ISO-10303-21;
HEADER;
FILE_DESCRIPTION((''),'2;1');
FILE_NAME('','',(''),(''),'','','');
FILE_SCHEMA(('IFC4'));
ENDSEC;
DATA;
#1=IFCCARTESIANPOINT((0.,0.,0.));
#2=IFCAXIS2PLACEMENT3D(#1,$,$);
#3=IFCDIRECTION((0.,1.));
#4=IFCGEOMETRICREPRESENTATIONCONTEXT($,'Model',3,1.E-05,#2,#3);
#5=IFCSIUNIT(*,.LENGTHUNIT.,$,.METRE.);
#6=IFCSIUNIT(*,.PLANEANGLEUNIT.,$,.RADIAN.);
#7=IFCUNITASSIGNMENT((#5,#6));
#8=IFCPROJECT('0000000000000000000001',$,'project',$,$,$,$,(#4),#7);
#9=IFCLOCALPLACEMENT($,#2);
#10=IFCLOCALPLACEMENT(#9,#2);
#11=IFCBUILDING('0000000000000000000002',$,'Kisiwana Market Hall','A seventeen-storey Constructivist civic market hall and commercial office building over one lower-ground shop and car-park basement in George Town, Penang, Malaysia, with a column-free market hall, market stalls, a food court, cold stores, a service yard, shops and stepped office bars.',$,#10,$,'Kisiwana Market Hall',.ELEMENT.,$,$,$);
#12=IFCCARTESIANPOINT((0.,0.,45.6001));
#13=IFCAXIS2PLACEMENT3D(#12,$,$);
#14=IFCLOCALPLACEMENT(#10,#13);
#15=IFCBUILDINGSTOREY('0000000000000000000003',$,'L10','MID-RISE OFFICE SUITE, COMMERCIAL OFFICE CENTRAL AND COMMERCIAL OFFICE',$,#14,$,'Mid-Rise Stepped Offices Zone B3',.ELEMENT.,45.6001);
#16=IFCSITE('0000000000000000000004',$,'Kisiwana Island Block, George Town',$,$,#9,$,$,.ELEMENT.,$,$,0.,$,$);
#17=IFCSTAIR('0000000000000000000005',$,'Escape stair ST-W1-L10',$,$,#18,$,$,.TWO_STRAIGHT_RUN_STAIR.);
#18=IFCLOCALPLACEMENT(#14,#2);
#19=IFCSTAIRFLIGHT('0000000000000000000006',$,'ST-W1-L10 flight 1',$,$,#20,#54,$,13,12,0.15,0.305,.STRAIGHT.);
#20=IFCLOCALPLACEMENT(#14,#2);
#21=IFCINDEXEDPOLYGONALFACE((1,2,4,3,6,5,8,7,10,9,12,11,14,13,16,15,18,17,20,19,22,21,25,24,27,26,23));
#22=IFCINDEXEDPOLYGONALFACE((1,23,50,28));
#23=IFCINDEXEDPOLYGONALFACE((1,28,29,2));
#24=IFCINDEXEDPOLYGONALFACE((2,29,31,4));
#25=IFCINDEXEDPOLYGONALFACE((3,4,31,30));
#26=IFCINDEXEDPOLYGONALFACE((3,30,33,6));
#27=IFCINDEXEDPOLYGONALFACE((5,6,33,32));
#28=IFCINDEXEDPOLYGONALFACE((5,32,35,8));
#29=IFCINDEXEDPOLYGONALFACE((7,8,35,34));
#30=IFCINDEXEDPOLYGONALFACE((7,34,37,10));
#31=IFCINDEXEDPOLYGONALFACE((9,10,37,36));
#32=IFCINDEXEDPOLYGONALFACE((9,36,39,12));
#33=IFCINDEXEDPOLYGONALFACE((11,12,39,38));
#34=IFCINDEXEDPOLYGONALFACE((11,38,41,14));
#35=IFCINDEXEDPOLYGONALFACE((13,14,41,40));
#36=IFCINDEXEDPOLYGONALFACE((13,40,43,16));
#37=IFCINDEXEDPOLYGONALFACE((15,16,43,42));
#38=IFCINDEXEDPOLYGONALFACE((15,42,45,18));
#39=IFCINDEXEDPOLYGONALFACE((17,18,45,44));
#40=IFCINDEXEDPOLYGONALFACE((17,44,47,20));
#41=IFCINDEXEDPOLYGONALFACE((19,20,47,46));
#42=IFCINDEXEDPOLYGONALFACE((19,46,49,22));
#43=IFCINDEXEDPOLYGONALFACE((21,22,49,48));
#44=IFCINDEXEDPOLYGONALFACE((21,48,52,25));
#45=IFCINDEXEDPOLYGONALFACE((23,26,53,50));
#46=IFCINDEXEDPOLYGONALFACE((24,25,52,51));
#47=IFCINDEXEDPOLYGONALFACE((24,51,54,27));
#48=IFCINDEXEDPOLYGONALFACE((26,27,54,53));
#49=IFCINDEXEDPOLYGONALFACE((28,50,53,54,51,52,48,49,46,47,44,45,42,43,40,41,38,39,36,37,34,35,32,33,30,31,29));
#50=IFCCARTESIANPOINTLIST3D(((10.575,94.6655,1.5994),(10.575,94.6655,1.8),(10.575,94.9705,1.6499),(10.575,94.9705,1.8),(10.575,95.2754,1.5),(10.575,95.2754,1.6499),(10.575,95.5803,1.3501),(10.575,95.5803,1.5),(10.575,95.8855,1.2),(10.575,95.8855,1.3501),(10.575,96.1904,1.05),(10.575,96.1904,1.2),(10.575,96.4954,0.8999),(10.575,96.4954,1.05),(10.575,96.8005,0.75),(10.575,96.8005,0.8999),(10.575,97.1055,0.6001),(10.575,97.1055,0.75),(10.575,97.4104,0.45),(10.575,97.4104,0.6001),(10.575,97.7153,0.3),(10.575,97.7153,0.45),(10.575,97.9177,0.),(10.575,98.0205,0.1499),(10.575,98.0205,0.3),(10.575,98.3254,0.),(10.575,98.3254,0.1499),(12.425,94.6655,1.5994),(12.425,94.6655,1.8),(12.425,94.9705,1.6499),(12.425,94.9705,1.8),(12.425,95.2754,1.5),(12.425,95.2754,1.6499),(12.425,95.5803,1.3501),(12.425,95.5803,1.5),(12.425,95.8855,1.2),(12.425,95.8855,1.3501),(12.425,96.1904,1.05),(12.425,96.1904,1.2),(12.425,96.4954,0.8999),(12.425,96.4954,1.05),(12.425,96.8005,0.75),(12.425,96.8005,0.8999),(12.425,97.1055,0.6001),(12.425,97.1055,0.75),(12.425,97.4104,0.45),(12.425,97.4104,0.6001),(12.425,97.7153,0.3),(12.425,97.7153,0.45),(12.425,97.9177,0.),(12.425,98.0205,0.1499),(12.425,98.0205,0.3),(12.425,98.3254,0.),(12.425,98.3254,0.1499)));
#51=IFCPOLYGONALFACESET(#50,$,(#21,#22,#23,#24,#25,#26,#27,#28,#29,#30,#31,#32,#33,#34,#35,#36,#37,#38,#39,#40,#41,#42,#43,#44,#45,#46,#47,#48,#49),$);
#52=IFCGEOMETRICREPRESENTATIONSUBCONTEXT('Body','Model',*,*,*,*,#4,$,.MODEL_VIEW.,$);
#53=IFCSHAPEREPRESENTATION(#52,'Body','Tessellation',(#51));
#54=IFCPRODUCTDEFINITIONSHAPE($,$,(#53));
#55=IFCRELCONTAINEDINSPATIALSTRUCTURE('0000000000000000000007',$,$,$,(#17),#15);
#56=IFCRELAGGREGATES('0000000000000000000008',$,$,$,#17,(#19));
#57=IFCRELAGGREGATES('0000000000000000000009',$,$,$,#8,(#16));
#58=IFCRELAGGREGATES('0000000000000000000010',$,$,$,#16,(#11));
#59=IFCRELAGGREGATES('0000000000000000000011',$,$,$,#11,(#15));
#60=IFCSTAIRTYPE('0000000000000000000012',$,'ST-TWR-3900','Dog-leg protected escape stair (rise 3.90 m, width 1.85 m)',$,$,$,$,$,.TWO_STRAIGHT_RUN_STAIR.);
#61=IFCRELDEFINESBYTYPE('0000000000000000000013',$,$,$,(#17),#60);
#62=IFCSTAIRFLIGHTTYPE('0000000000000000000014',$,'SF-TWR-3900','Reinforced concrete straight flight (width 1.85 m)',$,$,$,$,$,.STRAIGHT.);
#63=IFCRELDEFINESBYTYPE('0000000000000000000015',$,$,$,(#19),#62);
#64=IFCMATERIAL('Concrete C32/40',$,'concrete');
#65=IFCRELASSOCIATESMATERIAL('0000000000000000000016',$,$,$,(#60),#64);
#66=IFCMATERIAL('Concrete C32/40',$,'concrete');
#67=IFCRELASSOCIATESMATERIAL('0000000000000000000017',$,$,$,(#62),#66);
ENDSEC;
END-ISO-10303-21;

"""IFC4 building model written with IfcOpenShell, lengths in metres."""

from ifc_helpers import new_model, si_unit, direction, frame, origin, place, context, subcontext, project, spatial, polyline, outline, extrude, material, type_object, element, aggregate, save


model = new_model("IFC4")

# Units and contexts
model_context = context("Model", 3, precision=1e-05, world=origin(), true_north=direction((0.0, 1.0)))
body_context = subcontext(model_context, "Body", "Model", "MODEL_VIEW")
ifc_project = project(units=[si_unit("LENGTHUNIT", "METRE"), si_unit("PLANEANGLEUNIT", "RADIAN")], contexts=[model_context])

# Site, building, storey
site_placement = place(None, origin())
site = spatial("IfcSite", under=ifc_project, at=site_placement, Name="Kisiwana Island Block, George Town", CompositionType="ELEMENT", RefElevation=0.0)
building_placement = place(site_placement, origin())
building = spatial("IfcBuilding", under=site, at=building_placement, Name="Kisiwana Market Hall", Description="A seventeen-storey Constructivist civic market hall and commercial office building over one lower-ground shop and car-park basement in George Town, Penang, Malaysia, with a column-free market hall, market stalls, a food court, cold stores, a service yard, shops and stepped office bars.", LongName="Kisiwana Market Hall", CompositionType="ELEMENT")
storey_placement = place(building_placement, frame((0.0, 0.0, 45.6001)))
storey = spatial("IfcBuildingStorey", under=building, at=storey_placement, Name="L10", Description="MID-RISE OFFICE SUITE, COMMERCIAL OFFICE CENTRAL AND COMMERCIAL OFFICE", LongName="Mid-Rise Stepped Offices Zone B3", CompositionType="ELEMENT", Elevation=45.6001)

# Stair, stair flight
ifc_material_1 = material(Name="Concrete C32/40", Category="concrete")
stair_type = type_object("IfcStairType", Name="ST-TWR-3900", Description="Dog-leg protected escape stair (rise 3.90 m, width 1.85 m)", PredefinedType="TWO_STRAIGHT_RUN_STAIR", material=ifc_material_1)
stair_placement = place(storey_placement, origin())
stair = element("IfcStair", 1, at=stair_placement, inside=storey, type_object=stair_type, Name="Escape stair ST-W1-L10", PredefinedType="TWO_STRAIGHT_RUN_STAIR")
ifc_material_2 = material(Name="Concrete C32/40", Category="concrete")
stair_flight_type = type_object("IfcStairFlightType", Name="SF-TWR-3900", Description="Reinforced concrete straight flight (width 1.85 m)", PredefinedType="STRAIGHT", material=ifc_material_2)
stair_flight_placement = place(storey_placement, frame((11.5, 98.3254, 0.0), z_axis=(0.0, 0.0, 1.0), x_axis=(0.0, -1.0, 0.0)))
stair_flight = element("IfcStairFlight", 2, at=stair_flight_placement, type_object=stair_flight_type, Name="ST-W1-L10 flight 1", NumberOfRisers=13, NumberOfTreads=12, PredefinedType="STRAIGHT", RiserHeight=0.15, TreadLength=0.305, context=body_context, shape_type="SweptSolid", body=[
    extrude(outline(polyline([(0.0, 0.0), (0.0, 0.1499), (0.3049, 0.1499), (0.3049, 0.3), (0.6101, 0.3), (0.6101, 0.45), (0.915, 0.45), (0.915, 0.6001), (1.22, 0.6001), (1.22, 0.75), (1.5249, 0.75), (1.5249, 0.8999), (1.8301, 0.8999), (1.8301, 1.05), (2.135, 1.05), (2.135, 1.2), (2.4399, 1.2), (2.4399, 1.3501), (2.7451, 1.3501), (2.7451, 1.5), (3.05, 1.5), (3.05, 1.6499), (3.355, 1.6499), (3.355, 1.8), (3.6599, 1.8), (3.6599, 1.95), (3.6599, 1.5994), (0.4077, 0.0), (0.0, 0.0)])), frame((0.0, 0.925, 0.0), z_axis=(0.0, -1.0, 0.0), x_axis=(1.0, 0.0, 0.0)), (0.0, 0.0, 1.0), 1.8501),
])
aggregate(stair, [stair_flight])

save(model, "model.ifc")
